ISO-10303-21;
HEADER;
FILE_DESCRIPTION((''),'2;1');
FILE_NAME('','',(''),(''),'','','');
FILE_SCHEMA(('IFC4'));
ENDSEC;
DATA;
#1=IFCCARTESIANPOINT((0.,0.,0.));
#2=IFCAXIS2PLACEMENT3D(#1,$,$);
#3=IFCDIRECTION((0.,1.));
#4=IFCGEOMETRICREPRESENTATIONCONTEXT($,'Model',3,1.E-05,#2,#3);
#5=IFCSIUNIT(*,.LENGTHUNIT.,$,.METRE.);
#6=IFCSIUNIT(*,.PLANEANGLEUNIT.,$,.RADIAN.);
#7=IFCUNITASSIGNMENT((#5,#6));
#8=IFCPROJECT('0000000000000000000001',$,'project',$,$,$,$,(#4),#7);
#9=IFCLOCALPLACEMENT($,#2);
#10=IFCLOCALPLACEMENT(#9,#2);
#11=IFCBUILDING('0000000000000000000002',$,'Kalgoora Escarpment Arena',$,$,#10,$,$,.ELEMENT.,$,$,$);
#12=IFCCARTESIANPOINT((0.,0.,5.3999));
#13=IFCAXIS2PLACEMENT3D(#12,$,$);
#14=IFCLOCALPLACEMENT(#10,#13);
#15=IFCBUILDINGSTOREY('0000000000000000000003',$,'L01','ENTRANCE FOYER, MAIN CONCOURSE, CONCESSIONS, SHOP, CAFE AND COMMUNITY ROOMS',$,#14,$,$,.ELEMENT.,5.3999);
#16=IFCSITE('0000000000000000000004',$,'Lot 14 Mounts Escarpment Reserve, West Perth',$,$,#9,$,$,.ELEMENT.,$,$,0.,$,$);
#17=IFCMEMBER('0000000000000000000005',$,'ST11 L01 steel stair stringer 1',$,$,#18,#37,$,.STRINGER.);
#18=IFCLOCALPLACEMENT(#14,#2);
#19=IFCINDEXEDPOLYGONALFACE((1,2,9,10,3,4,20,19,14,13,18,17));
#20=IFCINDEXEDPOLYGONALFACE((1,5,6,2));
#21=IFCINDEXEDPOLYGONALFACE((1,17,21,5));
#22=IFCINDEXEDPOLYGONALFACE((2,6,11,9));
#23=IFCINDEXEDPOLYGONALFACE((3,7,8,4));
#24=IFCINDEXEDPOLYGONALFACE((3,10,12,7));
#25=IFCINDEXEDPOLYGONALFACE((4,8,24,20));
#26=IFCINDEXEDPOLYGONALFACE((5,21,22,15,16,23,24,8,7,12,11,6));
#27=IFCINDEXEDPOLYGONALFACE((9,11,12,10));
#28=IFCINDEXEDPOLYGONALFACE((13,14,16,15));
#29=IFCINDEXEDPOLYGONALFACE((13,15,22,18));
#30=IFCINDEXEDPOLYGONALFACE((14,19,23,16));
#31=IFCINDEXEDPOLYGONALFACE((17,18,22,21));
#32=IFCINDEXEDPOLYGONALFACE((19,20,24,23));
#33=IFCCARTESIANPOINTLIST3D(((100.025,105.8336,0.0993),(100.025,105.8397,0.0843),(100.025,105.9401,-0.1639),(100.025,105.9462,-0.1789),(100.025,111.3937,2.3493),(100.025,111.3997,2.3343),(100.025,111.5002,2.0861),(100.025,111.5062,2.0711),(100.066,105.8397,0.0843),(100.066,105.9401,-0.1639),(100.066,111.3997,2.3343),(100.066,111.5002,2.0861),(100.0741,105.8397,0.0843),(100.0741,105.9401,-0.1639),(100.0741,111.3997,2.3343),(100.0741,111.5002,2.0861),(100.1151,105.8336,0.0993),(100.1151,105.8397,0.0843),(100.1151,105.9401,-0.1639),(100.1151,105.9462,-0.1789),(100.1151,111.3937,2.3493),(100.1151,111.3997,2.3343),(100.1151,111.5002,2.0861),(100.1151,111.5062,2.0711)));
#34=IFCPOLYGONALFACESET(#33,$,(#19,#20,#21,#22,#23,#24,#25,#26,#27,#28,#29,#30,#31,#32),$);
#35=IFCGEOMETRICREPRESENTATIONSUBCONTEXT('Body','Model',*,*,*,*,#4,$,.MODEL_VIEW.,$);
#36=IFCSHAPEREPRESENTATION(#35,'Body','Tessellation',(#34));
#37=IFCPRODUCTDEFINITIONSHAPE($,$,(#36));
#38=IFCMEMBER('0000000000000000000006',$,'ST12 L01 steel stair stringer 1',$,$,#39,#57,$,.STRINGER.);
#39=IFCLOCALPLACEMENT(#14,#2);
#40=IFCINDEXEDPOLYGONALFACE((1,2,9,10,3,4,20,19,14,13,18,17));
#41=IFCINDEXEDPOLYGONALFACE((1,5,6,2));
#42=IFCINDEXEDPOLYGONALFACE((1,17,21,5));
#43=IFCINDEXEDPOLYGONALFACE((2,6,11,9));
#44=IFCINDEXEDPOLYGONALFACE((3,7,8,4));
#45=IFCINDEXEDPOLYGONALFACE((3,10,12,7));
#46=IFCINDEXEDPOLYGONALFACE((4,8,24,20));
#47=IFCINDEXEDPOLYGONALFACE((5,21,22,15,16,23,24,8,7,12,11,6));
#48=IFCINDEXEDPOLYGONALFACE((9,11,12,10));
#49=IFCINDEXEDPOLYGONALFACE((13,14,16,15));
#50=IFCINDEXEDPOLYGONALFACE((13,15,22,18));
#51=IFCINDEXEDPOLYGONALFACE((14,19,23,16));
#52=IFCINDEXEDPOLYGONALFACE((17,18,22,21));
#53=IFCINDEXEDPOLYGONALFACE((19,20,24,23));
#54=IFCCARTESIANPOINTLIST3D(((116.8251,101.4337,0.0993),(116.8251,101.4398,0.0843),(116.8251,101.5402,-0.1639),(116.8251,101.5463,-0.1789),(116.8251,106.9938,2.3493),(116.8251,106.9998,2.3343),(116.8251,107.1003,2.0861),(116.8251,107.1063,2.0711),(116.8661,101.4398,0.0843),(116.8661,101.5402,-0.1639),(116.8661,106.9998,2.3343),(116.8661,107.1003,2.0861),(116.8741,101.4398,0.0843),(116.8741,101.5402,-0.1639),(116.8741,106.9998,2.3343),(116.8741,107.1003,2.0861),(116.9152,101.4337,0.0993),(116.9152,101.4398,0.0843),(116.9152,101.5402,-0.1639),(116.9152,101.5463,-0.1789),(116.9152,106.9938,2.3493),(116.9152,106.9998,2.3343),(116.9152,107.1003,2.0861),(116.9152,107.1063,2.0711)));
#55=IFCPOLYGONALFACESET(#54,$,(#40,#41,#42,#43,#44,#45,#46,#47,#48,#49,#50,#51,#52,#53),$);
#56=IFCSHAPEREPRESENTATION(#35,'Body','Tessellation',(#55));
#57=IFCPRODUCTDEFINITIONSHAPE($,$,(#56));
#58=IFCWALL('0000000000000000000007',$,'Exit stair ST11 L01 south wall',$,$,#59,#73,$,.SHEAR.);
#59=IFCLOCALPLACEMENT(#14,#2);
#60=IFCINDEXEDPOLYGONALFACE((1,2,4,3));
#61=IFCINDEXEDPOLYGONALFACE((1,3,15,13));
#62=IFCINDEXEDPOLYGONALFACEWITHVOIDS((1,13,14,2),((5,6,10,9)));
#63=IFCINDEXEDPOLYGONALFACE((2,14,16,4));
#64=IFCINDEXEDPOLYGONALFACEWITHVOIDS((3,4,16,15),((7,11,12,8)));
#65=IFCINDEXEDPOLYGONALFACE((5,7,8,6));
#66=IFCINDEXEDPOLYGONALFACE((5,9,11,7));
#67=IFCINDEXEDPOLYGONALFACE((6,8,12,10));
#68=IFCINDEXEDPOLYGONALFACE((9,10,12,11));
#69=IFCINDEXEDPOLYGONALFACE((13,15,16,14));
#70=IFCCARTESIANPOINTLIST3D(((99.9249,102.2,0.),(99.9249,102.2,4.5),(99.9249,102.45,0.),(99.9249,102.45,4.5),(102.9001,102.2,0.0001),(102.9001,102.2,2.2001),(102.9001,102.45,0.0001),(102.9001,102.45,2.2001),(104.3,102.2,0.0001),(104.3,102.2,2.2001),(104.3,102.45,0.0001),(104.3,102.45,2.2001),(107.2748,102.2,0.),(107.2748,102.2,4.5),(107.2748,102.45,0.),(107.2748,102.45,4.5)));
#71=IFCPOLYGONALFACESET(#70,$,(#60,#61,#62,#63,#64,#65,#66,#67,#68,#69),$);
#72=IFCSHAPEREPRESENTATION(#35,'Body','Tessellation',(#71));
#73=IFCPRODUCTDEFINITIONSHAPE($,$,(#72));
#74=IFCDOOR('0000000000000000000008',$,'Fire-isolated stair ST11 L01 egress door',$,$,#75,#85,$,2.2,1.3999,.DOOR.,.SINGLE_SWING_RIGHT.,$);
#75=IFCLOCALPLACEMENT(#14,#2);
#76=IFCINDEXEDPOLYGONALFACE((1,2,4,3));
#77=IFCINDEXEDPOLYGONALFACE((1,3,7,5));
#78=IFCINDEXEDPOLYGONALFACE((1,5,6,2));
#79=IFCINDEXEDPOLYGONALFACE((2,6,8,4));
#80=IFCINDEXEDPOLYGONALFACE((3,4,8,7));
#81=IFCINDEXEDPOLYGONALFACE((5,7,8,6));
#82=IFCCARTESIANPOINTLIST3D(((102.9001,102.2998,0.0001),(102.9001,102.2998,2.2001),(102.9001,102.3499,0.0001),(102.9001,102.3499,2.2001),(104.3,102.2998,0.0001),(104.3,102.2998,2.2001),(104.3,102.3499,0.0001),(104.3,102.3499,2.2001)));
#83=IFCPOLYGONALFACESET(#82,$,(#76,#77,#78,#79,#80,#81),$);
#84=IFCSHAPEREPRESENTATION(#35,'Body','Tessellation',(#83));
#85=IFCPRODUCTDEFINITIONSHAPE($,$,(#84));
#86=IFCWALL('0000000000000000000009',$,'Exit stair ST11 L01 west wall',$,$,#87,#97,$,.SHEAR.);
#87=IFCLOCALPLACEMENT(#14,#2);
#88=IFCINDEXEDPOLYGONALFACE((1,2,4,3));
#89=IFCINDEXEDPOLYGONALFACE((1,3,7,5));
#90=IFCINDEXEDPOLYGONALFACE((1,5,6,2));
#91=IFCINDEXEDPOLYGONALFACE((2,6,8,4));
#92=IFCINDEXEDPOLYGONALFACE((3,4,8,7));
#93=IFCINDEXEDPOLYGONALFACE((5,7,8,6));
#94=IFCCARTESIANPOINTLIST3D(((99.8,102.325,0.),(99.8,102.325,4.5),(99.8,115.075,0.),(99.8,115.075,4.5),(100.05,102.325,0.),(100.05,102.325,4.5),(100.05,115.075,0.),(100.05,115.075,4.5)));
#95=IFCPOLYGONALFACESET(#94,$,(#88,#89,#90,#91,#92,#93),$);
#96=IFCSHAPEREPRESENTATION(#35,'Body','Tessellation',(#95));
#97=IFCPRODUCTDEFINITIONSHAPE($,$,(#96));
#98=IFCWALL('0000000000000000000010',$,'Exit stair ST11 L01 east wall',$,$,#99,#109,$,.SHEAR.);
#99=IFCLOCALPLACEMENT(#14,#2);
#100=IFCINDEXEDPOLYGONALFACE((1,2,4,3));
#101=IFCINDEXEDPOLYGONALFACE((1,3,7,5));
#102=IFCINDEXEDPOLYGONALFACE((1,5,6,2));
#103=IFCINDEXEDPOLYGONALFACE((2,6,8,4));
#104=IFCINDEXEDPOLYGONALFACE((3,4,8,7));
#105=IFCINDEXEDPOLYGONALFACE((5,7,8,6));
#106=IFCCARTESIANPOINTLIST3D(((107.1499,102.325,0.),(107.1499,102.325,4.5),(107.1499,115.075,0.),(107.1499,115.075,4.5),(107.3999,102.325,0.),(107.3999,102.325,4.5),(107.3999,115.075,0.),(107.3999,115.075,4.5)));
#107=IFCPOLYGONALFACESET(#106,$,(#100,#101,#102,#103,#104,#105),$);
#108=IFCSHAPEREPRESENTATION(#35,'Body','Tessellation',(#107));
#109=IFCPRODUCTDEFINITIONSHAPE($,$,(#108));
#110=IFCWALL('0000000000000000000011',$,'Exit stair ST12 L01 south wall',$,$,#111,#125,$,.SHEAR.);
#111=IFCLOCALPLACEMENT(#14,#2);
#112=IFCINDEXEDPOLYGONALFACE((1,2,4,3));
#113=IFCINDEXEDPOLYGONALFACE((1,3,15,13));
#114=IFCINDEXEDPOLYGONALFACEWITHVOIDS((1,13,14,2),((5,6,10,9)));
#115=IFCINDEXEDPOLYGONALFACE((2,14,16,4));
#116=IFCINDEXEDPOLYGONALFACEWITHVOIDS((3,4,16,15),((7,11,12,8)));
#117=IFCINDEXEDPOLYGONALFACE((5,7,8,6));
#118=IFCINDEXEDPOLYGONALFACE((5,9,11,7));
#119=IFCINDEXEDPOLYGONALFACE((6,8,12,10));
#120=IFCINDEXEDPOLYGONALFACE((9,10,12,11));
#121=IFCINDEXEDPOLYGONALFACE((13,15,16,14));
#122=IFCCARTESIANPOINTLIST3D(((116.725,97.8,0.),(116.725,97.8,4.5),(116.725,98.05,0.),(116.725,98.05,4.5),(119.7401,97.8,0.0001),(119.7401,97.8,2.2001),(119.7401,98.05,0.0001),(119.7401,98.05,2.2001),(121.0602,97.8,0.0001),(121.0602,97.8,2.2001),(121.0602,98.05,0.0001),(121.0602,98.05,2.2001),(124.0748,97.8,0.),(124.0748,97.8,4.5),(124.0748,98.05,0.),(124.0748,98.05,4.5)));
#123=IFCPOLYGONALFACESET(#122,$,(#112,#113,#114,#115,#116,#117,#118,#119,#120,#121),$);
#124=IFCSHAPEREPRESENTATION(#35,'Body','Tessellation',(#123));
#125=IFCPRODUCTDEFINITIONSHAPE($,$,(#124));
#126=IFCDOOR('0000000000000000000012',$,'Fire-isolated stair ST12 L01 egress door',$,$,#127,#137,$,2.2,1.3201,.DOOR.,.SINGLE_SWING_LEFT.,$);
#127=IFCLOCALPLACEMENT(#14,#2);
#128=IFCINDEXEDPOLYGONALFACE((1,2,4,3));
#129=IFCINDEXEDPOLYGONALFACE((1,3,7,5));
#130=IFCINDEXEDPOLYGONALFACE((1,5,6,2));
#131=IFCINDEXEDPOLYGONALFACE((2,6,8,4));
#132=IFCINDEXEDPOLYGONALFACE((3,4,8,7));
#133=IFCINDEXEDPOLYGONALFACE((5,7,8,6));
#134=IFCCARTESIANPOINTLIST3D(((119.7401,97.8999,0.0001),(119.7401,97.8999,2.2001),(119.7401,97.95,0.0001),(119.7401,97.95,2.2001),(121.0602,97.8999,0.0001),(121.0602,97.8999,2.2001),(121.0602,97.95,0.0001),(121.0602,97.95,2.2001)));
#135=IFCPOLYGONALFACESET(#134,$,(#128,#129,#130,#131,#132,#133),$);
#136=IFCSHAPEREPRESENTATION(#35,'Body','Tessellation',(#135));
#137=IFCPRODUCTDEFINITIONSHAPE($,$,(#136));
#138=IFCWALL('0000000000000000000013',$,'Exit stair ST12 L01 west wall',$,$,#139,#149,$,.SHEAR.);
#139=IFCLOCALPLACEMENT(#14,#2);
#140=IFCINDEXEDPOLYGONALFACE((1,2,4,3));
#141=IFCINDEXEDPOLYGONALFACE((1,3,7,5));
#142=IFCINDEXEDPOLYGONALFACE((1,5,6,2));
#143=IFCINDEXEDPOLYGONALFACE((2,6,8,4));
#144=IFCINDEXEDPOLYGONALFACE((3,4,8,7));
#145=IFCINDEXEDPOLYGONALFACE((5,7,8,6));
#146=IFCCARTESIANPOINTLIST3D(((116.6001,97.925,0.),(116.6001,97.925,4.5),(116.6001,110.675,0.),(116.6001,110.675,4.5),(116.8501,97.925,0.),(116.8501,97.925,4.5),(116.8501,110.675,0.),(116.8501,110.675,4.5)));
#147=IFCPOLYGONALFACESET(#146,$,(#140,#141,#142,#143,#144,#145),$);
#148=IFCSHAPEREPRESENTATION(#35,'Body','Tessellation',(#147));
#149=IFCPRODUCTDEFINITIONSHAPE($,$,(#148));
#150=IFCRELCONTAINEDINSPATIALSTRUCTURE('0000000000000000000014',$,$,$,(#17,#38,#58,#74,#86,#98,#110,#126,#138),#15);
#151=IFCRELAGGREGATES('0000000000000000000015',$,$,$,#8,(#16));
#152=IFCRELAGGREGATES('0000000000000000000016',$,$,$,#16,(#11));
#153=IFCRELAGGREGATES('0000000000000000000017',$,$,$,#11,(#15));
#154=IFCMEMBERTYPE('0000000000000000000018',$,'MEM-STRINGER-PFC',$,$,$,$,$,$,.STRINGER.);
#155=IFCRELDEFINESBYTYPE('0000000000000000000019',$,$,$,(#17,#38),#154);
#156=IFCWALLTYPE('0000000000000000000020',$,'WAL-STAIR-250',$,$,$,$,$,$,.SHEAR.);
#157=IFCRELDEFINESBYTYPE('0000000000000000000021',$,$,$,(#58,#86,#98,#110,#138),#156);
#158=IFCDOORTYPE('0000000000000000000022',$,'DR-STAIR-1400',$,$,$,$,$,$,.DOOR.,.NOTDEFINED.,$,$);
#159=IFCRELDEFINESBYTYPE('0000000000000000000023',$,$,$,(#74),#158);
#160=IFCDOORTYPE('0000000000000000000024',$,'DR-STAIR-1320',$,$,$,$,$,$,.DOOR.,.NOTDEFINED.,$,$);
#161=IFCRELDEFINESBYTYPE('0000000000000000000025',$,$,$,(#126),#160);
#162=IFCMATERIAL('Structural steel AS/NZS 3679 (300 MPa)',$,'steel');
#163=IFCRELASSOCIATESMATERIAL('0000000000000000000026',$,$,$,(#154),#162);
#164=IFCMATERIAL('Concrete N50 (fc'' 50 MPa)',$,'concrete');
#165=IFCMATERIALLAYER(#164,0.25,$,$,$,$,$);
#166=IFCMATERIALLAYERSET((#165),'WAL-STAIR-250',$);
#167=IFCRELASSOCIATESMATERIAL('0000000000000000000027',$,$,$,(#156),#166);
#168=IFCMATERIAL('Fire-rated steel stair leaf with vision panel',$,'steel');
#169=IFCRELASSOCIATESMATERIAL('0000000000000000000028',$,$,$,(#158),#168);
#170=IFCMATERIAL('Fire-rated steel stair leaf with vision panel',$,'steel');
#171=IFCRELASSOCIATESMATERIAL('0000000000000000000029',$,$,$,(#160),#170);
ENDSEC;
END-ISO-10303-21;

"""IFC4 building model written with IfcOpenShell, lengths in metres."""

from ifc_helpers import new_model, si_unit, direction, frame, frame_2d, origin, origin_2d, place, context, subcontext, project, spatial, rectangle, i_section, extrude, material, layer, layer_set, material_profile, profile_set, type_object, element, fill, save


model = new_model("IFC4")

# Units and contexts
model_context = context("Model", 3, precision=1e-05, world=origin(), true_north=direction((0.0, 1.0)))
body_context = subcontext(model_context, "Body", "Model", "MODEL_VIEW")
ifc_project = project(units=[si_unit("LENGTHUNIT", "METRE"), si_unit("PLANEANGLEUNIT", "RADIAN")], contexts=[model_context])

# Site, building, storey
site_placement = place(None, origin())
site = spatial("IfcSite", under=ifc_project, at=site_placement, Name="Lot 14 Mounts Escarpment Reserve, West Perth", CompositionType="ELEMENT", RefElevation=0.0)
building_placement = place(site_placement, origin())
building = spatial("IfcBuilding", under=site, at=building_placement, Name="Kalgoora Escarpment Arena", CompositionType="ELEMENT")
storey_placement = place(building_placement, frame((0.0, 0.0, 5.3999)))
storey = spatial("IfcBuildingStorey", under=building, at=storey_placement, Name="L01", Description="ENTRANCE FOYER, MAIN CONCOURSE, CONCESSIONS, SHOP, CAFE AND COMMUNITY ROOMS", CompositionType="ELEMENT", Elevation=5.3999)

# Members
ifc_material_1 = material(Name="Structural steel AS/NZS 3679 (300 MPa)", Category="steel")
ifc_material_profile_1 = material_profile(ifc_material_1, i_section(OverallWidth=0.0901, OverallDepth=0.3, WebThickness=0.0081, FlangeThickness=0.0161, at=origin_2d()))
ifc_profile_set_1 = profile_set([ifc_material_profile_1], Name="Structural steel AS/NZS 3679 (300 MPa)")
member_type = type_object("IfcMemberType", Name="MEM-STRINGER-PFC", PredefinedType="STRINGER", material=ifc_profile_set_1)
for number, where, z_axis, x_axis, name in (
    (1, (100.0701, 105.8899, -0.0398), (0.0, 0.926976, 0.375121), (-1.0, 0.0, 0.0), "ST11 L01 steel stair stringer 1"),
    (2, (116.8701, 101.49, -0.0398), (0.0, 0.926976, 0.375121), (-1.0, 0.0, 0.0), "ST12 L01 steel stair stringer 1"),
):
    element("IfcMember", number, at=place(storey_placement, frame(where, z_axis=z_axis, x_axis=x_axis)), inside=storey, type_object=member_type, Name=name, PredefinedType="STRINGER", context=body_context, shape_type="SweptSolid", body=[
        extrude(i_section(OverallWidth=0.0901, OverallDepth=0.3, WebThickness=0.0081, FlangeThickness=0.0161, at=origin_2d()), origin(), (0.0, 0.0, 1.0), 5.998),
    ])

# Wall, opening, door
ifc_material_2 = material(Name="Concrete N50 (fc' 50 MPa)", Category="concrete")
ifc_layer = layer(ifc_material_2, 0.25)
ifc_layer_set = layer_set([ifc_layer], Name="WAL-STAIR-250")
wall_type = type_object("IfcWallType", Name="WAL-STAIR-250", PredefinedType="SHEAR", material=ifc_layer_set)
wall_1_placement = place(storey_placement, frame((99.925, 102.325, 0.0), z_axis=(0.0, 0.0, 1.0), x_axis=(1.0, 0.0, 0.0)))
wall_1 = element("IfcWall", 3, at=wall_1_placement, inside=storey, type_object=wall_type, Name="Exit stair ST11 L01 south wall", PredefinedType="SHEAR", context=body_context, shape_type="SweptSolid", body=[
    extrude(rectangle(XDim=7.3499, YDim=0.25, at=frame_2d((3.6748, 0.0))), origin(), (0.0, 0.0, 1.0), 4.5),
])
opening_1_placement = place(wall_1_placement, frame((2.9751, 0.0, 0.0)))
opening_1 = element("IfcOpeningElement", 4, at=opening_1_placement, cuts=wall_1, PredefinedType="OPENING", context=body_context, shape_type="SweptSolid", body=[
    extrude(rectangle(XDim=1.3999, YDim=2.2, at=frame_2d((0.7, 1.1001))), frame((0.0, 0.135, 0.0), z_axis=(0.0, -1.0, 0.0), x_axis=(1.0, 0.0, 0.0)), (0.0, 0.0, 1.0), 0.27),
])
ifc_material_3 = material(Name="Fire-rated steel stair leaf with vision panel", Category="steel")
door_type_1 = type_object("IfcDoorType", Name="DR-STAIR-1400", OperationType="NOTDEFINED", PredefinedType="DOOR", material=ifc_material_3)
door_1_placement = place(opening_1_placement, origin())
door_1 = element("IfcDoor", 5, at=door_1_placement, inside=storey, type_object=door_type_1, Name="Fire-isolated stair ST11 L01 egress door", OperationType="SINGLE_SWING_RIGHT", OverallHeight=2.2, OverallWidth=1.3999, PredefinedType="DOOR", context=body_context, shape_type="SweptSolid", body=[
    extrude(rectangle(XDim=1.3999, YDim=2.2, at=frame_2d((0.7, 1.1001))), frame((0.0, 0.0249, 0.0), z_axis=(0.0, -1.0, 0.0), x_axis=(1.0, 0.0, 0.0)), (0.0, 0.0, 1.0), 0.05),
])
fill(opening_1, door_1)

# Walls
for number, where, z_axis, x_axis, name in (
    (6, (99.925, 102.325, 0.0), (0.0, 0.0, 1.0), (0.0, 1.0, 0.0), "Exit stair ST11 L01 west wall"),
    (7, (107.2749, 102.325, 0.0), (0.0, 0.0, 1.0), (0.0, 1.0, 0.0), "Exit stair ST11 L01 east wall"),
):
    element("IfcWall", number, at=place(storey_placement, frame(where, z_axis=z_axis, x_axis=x_axis)), inside=storey, type_object=wall_type, Name=name, PredefinedType="SHEAR", context=body_context, shape_type="SweptSolid", body=[
        extrude(rectangle(XDim=12.75, YDim=0.25, at=frame_2d((6.375, 0.0))), origin(), (0.0, 0.0, 1.0), 4.5),
    ])

# Wall, opening, door
wall_2_placement = place(storey_placement, frame((116.7251, 97.925, 0.0), z_axis=(0.0, 0.0, 1.0), x_axis=(1.0, 0.0, 0.0)))
wall_2 = element("IfcWall", 8, at=wall_2_placement, inside=storey, type_object=wall_type, Name="Exit stair ST12 L01 south wall", PredefinedType="SHEAR", context=body_context, shape_type="SweptSolid", body=[
    extrude(rectangle(XDim=7.3499, YDim=0.25, at=frame_2d((3.6748, 0.0))), origin(), (0.0, 0.0, 1.0), 4.5),
])
opening_2_placement = place(wall_2_placement, frame((3.0149, 0.0, 0.0)))
opening_2 = element("IfcOpeningElement", 9, at=opening_2_placement, cuts=wall_2, PredefinedType="OPENING", context=body_context, shape_type="SweptSolid", body=[
    extrude(rectangle(XDim=1.3201, YDim=2.2, at=frame_2d((0.6602, 1.1001))), frame((0.0, 0.135, 0.0), z_axis=(0.0, -1.0, 0.0), x_axis=(1.0, 0.0, 0.0)), (0.0, 0.0, 1.0), 0.27),
])
ifc_material_4 = material(Name="Fire-rated steel stair leaf with vision panel", Category="steel")
door_type_2 = type_object("IfcDoorType", Name="DR-STAIR-1320", OperationType="NOTDEFINED", PredefinedType="DOOR", material=ifc_material_4)
door_2_placement = place(opening_2_placement, origin())
door_2 = element("IfcDoor", 10, at=door_2_placement, inside=storey, type_object=door_type_2, Name="Fire-isolated stair ST12 L01 egress door", OperationType="SINGLE_SWING_LEFT", OverallHeight=2.2, OverallWidth=1.3201, PredefinedType="DOOR", context=body_context, shape_type="SweptSolid", body=[
    extrude(rectangle(XDim=1.3201, YDim=2.2, at=frame_2d((0.6602, 1.1001))), frame((0.0, 0.0249, 0.0), z_axis=(0.0, -1.0, 0.0), x_axis=(1.0, 0.0, 0.0)), (0.0, 0.0, 1.0), 0.05),
])
fill(opening_2, door_2)

# Wall
wall_3_placement = place(storey_placement, frame((116.7251, 97.925, 0.0), z_axis=(0.0, 0.0, 1.0), x_axis=(0.0, 1.0, 0.0)))
element("IfcWall", 11, at=wall_3_placement, inside=storey, type_object=wall_type, Name="Exit stair ST12 L01 west wall", PredefinedType="SHEAR", context=body_context, shape_type="SweptSolid", body=[
    extrude(rectangle(XDim=12.75, YDim=0.25, at=frame_2d((6.375, 0.0))), origin(), (0.0, 0.0, 1.0), 4.5),
])

save(model, "model.ifc")
